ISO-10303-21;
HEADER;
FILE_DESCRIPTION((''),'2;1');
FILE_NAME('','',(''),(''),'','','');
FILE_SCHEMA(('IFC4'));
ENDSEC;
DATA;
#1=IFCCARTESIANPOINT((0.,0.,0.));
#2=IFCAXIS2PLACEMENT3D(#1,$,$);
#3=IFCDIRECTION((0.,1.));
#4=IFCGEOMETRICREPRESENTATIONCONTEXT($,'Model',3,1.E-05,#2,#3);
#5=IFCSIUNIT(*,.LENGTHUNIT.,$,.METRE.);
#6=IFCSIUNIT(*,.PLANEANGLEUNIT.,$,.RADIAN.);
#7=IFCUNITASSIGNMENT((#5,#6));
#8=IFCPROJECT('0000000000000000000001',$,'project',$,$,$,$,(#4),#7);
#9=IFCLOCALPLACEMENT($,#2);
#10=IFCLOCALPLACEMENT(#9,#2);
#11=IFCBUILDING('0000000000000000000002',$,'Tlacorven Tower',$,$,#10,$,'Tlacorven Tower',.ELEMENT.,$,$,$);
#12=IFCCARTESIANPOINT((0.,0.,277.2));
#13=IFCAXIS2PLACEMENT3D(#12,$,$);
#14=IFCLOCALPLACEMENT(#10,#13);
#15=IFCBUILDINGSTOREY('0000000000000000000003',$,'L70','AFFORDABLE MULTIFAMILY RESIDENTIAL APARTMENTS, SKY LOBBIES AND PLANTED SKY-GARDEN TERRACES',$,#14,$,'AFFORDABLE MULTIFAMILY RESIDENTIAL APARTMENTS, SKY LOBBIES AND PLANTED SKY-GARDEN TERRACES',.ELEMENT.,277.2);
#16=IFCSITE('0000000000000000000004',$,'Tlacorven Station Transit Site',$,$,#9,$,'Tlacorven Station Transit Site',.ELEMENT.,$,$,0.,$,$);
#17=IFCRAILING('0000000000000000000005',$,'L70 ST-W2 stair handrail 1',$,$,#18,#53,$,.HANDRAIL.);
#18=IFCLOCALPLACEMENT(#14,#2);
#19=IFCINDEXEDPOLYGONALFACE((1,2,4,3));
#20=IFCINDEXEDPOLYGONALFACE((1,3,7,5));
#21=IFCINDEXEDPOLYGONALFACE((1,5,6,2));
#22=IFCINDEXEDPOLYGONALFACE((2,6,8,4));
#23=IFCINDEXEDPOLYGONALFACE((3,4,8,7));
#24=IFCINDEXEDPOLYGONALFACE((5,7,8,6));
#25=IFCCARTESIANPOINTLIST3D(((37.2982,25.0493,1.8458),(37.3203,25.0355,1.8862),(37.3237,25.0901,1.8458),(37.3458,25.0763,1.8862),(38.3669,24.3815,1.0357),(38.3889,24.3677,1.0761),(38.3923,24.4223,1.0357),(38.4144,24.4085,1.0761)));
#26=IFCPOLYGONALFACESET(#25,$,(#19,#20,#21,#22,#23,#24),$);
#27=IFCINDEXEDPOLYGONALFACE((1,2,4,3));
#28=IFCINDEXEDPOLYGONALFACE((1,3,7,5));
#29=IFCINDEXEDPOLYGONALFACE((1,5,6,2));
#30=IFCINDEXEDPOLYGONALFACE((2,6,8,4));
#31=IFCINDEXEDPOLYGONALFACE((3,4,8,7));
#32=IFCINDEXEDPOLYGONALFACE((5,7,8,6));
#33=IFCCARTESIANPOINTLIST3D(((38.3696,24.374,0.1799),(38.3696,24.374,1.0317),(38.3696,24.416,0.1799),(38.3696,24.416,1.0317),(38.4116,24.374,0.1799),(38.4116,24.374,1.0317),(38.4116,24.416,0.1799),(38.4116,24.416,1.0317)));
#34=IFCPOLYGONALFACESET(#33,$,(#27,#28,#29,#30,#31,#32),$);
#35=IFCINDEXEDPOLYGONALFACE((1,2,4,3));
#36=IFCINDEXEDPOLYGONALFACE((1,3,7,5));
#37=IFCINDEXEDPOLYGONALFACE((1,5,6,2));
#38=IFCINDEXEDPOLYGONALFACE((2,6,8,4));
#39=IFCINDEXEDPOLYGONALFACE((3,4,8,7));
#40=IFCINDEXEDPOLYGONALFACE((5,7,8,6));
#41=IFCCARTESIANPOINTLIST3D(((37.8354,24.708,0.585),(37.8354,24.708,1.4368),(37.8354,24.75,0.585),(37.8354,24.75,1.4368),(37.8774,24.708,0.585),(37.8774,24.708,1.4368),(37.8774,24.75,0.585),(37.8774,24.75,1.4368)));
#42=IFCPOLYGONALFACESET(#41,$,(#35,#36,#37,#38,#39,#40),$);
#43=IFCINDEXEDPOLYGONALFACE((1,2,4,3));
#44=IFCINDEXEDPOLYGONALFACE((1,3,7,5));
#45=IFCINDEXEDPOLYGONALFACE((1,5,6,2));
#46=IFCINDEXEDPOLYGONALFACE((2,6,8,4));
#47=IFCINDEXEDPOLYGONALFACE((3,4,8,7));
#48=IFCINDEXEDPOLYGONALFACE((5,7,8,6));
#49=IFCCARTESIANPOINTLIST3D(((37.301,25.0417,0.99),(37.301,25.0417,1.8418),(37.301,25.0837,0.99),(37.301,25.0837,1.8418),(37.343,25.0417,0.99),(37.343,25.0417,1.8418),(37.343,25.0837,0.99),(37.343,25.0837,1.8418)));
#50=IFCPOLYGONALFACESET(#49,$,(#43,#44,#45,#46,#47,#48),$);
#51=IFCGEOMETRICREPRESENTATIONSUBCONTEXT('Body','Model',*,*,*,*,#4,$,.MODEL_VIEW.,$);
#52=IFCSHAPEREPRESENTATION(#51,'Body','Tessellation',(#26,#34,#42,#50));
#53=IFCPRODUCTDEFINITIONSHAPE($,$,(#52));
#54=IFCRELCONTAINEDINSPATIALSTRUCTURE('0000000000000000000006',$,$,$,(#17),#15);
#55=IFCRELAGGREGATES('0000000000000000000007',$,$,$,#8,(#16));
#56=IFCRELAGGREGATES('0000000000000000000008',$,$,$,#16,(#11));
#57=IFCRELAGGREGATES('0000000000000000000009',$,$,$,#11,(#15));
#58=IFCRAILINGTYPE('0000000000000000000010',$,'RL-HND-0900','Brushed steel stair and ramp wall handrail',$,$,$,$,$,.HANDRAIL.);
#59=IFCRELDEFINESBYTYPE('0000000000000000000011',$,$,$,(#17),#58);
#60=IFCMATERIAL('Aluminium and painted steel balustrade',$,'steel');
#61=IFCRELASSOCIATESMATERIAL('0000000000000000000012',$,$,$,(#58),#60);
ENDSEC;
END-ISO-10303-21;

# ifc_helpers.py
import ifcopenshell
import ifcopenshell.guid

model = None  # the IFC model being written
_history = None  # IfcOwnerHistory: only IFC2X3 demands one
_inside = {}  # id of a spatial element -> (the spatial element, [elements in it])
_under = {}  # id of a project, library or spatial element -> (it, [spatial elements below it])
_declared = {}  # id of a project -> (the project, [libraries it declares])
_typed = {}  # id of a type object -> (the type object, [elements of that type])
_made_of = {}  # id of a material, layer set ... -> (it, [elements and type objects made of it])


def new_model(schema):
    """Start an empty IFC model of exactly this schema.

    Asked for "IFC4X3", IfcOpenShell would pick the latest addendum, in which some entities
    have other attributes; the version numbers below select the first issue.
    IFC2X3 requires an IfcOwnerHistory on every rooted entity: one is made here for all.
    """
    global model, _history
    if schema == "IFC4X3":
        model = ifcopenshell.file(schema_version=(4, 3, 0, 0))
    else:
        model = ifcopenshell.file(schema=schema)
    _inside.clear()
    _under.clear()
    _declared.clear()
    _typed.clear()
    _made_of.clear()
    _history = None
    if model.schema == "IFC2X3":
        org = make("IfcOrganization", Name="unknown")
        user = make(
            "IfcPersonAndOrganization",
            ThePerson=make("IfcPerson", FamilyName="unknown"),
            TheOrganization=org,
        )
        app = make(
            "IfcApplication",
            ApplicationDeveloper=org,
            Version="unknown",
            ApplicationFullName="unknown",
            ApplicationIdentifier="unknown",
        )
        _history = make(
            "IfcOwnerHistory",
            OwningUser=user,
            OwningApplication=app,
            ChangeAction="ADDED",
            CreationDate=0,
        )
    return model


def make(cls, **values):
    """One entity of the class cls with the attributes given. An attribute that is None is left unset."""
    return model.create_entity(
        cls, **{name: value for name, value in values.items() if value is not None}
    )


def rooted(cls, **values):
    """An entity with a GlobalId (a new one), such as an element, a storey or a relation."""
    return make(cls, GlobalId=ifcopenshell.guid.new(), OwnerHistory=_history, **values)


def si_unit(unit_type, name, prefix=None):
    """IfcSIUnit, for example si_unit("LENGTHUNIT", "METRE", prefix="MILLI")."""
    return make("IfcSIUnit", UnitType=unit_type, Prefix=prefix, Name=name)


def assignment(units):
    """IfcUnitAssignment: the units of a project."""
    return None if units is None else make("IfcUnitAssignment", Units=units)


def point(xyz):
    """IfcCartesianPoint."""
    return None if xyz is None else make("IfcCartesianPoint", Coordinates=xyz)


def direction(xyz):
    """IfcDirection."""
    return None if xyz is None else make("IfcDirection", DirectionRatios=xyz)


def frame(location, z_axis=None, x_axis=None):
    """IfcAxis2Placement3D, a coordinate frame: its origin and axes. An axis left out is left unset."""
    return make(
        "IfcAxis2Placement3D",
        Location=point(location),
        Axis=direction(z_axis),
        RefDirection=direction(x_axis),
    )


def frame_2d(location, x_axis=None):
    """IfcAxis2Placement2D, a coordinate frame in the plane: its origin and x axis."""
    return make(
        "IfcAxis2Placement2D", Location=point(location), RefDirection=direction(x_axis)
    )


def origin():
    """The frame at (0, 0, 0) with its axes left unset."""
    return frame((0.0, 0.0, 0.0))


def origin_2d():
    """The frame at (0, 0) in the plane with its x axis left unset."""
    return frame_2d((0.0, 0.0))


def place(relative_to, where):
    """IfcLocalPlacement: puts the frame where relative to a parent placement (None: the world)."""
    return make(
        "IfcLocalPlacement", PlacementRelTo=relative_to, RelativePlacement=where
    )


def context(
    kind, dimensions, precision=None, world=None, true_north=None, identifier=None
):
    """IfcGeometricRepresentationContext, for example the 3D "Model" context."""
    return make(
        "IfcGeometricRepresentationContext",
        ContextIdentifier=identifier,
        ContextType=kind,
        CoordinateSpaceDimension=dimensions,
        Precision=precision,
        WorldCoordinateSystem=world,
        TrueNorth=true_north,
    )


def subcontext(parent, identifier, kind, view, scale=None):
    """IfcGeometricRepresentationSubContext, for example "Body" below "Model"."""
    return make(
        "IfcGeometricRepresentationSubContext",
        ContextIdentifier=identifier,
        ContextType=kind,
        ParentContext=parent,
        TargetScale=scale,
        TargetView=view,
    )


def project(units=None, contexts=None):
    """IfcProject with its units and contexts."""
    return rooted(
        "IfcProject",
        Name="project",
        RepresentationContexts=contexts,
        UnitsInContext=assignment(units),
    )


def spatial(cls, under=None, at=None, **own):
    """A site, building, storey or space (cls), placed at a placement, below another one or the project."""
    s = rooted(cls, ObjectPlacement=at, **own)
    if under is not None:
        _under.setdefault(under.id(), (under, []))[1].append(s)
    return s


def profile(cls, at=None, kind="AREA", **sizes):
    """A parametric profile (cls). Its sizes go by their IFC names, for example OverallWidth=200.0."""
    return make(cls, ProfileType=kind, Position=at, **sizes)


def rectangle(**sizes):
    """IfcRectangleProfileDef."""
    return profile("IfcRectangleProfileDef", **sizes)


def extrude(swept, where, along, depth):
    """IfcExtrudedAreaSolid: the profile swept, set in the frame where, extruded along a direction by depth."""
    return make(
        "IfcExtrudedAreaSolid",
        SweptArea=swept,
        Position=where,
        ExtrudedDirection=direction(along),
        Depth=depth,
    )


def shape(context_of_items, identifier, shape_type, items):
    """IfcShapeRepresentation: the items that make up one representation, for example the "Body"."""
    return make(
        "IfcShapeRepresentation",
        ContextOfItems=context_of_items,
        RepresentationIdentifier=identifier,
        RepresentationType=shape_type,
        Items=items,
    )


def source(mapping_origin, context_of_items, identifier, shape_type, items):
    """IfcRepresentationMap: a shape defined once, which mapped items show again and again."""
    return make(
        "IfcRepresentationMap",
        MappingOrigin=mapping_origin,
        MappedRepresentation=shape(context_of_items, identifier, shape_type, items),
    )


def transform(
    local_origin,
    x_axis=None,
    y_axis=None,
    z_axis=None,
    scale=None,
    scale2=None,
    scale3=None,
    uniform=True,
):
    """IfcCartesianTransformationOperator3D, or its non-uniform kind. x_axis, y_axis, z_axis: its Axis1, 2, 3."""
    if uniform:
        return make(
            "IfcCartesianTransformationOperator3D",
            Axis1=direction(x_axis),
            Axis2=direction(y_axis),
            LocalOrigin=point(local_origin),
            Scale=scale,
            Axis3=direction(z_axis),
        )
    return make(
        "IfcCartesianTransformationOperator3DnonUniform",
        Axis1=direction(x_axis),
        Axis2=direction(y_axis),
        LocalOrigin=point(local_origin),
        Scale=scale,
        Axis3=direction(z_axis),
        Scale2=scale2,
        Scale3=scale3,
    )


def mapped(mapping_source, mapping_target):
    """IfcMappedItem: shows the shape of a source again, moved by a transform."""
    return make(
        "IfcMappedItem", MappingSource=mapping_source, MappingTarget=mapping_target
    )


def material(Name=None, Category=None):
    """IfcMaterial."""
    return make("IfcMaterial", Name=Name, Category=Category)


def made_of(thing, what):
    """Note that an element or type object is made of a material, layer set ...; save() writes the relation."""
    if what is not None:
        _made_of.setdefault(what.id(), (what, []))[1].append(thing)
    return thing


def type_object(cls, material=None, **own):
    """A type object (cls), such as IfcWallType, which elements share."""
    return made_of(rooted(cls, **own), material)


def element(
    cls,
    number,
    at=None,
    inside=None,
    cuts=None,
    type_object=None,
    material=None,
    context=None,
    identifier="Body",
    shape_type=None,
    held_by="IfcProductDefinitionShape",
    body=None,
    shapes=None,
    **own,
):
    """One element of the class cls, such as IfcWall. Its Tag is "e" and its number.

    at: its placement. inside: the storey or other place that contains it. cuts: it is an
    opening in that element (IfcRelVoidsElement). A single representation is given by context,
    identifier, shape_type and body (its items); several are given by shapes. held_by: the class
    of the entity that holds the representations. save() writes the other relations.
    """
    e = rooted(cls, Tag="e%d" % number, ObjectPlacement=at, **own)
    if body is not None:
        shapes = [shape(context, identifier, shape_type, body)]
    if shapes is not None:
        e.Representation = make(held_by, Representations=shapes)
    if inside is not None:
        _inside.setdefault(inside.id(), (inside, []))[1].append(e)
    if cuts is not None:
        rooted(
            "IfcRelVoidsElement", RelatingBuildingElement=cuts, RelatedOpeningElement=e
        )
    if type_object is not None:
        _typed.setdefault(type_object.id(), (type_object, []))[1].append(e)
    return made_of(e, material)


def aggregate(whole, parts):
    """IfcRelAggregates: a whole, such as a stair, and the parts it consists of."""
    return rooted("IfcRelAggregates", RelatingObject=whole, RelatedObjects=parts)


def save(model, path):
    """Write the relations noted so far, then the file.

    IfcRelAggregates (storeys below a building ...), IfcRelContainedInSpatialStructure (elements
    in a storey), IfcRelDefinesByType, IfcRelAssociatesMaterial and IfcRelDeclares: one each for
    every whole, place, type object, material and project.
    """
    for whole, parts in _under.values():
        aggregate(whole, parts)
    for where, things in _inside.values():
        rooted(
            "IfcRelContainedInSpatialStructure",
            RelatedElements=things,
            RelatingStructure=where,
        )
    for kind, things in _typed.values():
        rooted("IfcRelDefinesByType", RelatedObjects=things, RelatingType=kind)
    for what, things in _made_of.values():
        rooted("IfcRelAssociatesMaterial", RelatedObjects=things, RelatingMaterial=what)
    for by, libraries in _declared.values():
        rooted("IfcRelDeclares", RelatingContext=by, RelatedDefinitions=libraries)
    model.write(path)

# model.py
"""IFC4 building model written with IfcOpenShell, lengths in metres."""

from ifc_helpers import new_model, si_unit, direction, frame, origin, origin_2d, place, context, subcontext, project, spatial, rectangle, extrude, source, transform, mapped, material, type_object, element, save


model = new_model("IFC4")

# Units and contexts
model_context = context("Model", 3, precision=1e-05, world=origin(), true_north=direction((0.0, 1.0)))
body_context = subcontext(model_context, "Body", "Model", "MODEL_VIEW")
ifc_project = project(units=[si_unit("LENGTHUNIT", "METRE"), si_unit("PLANEANGLEUNIT", "RADIAN")], contexts=[model_context])

# Site, building, storey
site_placement = place(None, origin())
site = spatial("IfcSite", under=ifc_project, at=site_placement, Name="Tlacorven Station Transit Site", LongName="Tlacorven Station Transit Site", CompositionType="ELEMENT", RefElevation=0.0)
building_placement = place(site_placement, origin())
building = spatial("IfcBuilding", under=site, at=building_placement, Name="Tlacorven Tower", LongName="Tlacorven Tower", CompositionType="ELEMENT")
storey_placement = place(building_placement, frame((0.0, 0.0, 277.2)))
storey = spatial("IfcBuildingStorey", under=building, at=storey_placement, Name="L70", Description="AFFORDABLE MULTIFAMILY RESIDENTIAL APARTMENTS, SKY LOBBIES AND PLANTED SKY-GARDEN TERRACES", LongName="AFFORDABLE MULTIFAMILY RESIDENTIAL APARTMENTS, SKY LOBBIES AND PLANTED SKY-GARDEN TERRACES", CompositionType="ELEMENT", Elevation=277.2)

# Railing
ifc_material_1 = material(Name="Aluminium and painted steel balustrade", Category="steel")
railing_type = type_object("IfcRailingType", Name="RL-HND-0900", Description="Brushed steel stair and ramp wall handrail", PredefinedType="HANDRAIL", material=ifc_material_1)
shared_shape_1 = source(origin(), body_context, "Body", "SweptSolid", [
    extrude(rectangle(XDim=0.0481, YDim=0.0481, at=origin_2d()), frame((0.0, 0.0, 0.876), z_axis=(-0.71336, 0.445748, 0.540765), x_axis=(-0.529912, -0.848053, 0.0)), (0.0, 0.0, 1.0), 1.498),
    extrude(rectangle(XDim=0.042, YDim=0.042, at=origin_2d()), origin(), (0.0, 0.0, 1.0), 0.8518),
    extrude(rectangle(XDim=0.042, YDim=0.042, at=origin_2d()), frame((-0.5342, 0.334, 0.405)), (0.0, 0.0, 1.0), 0.8518),
    extrude(rectangle(XDim=0.042, YDim=0.042, at=origin_2d()), frame((-1.0686, 0.6677, 0.8101)), (0.0, 0.0, 1.0), 0.8518),
])
railing_placement = place(storey_placement, frame((38.3906, 24.395, 0.1799)))
element("IfcRailing", 1, at=railing_placement, inside=storey, type_object=railing_type, Name="L70 ST-W2 stair handrail 1", PredefinedType="HANDRAIL", context=body_context, shape_type="MappedRepresentation", body=[
    mapped(shared_shape_1, transform((0.0, 0.0, 0.0), scale=1.0)),
])

save(model, "model.ifc")
